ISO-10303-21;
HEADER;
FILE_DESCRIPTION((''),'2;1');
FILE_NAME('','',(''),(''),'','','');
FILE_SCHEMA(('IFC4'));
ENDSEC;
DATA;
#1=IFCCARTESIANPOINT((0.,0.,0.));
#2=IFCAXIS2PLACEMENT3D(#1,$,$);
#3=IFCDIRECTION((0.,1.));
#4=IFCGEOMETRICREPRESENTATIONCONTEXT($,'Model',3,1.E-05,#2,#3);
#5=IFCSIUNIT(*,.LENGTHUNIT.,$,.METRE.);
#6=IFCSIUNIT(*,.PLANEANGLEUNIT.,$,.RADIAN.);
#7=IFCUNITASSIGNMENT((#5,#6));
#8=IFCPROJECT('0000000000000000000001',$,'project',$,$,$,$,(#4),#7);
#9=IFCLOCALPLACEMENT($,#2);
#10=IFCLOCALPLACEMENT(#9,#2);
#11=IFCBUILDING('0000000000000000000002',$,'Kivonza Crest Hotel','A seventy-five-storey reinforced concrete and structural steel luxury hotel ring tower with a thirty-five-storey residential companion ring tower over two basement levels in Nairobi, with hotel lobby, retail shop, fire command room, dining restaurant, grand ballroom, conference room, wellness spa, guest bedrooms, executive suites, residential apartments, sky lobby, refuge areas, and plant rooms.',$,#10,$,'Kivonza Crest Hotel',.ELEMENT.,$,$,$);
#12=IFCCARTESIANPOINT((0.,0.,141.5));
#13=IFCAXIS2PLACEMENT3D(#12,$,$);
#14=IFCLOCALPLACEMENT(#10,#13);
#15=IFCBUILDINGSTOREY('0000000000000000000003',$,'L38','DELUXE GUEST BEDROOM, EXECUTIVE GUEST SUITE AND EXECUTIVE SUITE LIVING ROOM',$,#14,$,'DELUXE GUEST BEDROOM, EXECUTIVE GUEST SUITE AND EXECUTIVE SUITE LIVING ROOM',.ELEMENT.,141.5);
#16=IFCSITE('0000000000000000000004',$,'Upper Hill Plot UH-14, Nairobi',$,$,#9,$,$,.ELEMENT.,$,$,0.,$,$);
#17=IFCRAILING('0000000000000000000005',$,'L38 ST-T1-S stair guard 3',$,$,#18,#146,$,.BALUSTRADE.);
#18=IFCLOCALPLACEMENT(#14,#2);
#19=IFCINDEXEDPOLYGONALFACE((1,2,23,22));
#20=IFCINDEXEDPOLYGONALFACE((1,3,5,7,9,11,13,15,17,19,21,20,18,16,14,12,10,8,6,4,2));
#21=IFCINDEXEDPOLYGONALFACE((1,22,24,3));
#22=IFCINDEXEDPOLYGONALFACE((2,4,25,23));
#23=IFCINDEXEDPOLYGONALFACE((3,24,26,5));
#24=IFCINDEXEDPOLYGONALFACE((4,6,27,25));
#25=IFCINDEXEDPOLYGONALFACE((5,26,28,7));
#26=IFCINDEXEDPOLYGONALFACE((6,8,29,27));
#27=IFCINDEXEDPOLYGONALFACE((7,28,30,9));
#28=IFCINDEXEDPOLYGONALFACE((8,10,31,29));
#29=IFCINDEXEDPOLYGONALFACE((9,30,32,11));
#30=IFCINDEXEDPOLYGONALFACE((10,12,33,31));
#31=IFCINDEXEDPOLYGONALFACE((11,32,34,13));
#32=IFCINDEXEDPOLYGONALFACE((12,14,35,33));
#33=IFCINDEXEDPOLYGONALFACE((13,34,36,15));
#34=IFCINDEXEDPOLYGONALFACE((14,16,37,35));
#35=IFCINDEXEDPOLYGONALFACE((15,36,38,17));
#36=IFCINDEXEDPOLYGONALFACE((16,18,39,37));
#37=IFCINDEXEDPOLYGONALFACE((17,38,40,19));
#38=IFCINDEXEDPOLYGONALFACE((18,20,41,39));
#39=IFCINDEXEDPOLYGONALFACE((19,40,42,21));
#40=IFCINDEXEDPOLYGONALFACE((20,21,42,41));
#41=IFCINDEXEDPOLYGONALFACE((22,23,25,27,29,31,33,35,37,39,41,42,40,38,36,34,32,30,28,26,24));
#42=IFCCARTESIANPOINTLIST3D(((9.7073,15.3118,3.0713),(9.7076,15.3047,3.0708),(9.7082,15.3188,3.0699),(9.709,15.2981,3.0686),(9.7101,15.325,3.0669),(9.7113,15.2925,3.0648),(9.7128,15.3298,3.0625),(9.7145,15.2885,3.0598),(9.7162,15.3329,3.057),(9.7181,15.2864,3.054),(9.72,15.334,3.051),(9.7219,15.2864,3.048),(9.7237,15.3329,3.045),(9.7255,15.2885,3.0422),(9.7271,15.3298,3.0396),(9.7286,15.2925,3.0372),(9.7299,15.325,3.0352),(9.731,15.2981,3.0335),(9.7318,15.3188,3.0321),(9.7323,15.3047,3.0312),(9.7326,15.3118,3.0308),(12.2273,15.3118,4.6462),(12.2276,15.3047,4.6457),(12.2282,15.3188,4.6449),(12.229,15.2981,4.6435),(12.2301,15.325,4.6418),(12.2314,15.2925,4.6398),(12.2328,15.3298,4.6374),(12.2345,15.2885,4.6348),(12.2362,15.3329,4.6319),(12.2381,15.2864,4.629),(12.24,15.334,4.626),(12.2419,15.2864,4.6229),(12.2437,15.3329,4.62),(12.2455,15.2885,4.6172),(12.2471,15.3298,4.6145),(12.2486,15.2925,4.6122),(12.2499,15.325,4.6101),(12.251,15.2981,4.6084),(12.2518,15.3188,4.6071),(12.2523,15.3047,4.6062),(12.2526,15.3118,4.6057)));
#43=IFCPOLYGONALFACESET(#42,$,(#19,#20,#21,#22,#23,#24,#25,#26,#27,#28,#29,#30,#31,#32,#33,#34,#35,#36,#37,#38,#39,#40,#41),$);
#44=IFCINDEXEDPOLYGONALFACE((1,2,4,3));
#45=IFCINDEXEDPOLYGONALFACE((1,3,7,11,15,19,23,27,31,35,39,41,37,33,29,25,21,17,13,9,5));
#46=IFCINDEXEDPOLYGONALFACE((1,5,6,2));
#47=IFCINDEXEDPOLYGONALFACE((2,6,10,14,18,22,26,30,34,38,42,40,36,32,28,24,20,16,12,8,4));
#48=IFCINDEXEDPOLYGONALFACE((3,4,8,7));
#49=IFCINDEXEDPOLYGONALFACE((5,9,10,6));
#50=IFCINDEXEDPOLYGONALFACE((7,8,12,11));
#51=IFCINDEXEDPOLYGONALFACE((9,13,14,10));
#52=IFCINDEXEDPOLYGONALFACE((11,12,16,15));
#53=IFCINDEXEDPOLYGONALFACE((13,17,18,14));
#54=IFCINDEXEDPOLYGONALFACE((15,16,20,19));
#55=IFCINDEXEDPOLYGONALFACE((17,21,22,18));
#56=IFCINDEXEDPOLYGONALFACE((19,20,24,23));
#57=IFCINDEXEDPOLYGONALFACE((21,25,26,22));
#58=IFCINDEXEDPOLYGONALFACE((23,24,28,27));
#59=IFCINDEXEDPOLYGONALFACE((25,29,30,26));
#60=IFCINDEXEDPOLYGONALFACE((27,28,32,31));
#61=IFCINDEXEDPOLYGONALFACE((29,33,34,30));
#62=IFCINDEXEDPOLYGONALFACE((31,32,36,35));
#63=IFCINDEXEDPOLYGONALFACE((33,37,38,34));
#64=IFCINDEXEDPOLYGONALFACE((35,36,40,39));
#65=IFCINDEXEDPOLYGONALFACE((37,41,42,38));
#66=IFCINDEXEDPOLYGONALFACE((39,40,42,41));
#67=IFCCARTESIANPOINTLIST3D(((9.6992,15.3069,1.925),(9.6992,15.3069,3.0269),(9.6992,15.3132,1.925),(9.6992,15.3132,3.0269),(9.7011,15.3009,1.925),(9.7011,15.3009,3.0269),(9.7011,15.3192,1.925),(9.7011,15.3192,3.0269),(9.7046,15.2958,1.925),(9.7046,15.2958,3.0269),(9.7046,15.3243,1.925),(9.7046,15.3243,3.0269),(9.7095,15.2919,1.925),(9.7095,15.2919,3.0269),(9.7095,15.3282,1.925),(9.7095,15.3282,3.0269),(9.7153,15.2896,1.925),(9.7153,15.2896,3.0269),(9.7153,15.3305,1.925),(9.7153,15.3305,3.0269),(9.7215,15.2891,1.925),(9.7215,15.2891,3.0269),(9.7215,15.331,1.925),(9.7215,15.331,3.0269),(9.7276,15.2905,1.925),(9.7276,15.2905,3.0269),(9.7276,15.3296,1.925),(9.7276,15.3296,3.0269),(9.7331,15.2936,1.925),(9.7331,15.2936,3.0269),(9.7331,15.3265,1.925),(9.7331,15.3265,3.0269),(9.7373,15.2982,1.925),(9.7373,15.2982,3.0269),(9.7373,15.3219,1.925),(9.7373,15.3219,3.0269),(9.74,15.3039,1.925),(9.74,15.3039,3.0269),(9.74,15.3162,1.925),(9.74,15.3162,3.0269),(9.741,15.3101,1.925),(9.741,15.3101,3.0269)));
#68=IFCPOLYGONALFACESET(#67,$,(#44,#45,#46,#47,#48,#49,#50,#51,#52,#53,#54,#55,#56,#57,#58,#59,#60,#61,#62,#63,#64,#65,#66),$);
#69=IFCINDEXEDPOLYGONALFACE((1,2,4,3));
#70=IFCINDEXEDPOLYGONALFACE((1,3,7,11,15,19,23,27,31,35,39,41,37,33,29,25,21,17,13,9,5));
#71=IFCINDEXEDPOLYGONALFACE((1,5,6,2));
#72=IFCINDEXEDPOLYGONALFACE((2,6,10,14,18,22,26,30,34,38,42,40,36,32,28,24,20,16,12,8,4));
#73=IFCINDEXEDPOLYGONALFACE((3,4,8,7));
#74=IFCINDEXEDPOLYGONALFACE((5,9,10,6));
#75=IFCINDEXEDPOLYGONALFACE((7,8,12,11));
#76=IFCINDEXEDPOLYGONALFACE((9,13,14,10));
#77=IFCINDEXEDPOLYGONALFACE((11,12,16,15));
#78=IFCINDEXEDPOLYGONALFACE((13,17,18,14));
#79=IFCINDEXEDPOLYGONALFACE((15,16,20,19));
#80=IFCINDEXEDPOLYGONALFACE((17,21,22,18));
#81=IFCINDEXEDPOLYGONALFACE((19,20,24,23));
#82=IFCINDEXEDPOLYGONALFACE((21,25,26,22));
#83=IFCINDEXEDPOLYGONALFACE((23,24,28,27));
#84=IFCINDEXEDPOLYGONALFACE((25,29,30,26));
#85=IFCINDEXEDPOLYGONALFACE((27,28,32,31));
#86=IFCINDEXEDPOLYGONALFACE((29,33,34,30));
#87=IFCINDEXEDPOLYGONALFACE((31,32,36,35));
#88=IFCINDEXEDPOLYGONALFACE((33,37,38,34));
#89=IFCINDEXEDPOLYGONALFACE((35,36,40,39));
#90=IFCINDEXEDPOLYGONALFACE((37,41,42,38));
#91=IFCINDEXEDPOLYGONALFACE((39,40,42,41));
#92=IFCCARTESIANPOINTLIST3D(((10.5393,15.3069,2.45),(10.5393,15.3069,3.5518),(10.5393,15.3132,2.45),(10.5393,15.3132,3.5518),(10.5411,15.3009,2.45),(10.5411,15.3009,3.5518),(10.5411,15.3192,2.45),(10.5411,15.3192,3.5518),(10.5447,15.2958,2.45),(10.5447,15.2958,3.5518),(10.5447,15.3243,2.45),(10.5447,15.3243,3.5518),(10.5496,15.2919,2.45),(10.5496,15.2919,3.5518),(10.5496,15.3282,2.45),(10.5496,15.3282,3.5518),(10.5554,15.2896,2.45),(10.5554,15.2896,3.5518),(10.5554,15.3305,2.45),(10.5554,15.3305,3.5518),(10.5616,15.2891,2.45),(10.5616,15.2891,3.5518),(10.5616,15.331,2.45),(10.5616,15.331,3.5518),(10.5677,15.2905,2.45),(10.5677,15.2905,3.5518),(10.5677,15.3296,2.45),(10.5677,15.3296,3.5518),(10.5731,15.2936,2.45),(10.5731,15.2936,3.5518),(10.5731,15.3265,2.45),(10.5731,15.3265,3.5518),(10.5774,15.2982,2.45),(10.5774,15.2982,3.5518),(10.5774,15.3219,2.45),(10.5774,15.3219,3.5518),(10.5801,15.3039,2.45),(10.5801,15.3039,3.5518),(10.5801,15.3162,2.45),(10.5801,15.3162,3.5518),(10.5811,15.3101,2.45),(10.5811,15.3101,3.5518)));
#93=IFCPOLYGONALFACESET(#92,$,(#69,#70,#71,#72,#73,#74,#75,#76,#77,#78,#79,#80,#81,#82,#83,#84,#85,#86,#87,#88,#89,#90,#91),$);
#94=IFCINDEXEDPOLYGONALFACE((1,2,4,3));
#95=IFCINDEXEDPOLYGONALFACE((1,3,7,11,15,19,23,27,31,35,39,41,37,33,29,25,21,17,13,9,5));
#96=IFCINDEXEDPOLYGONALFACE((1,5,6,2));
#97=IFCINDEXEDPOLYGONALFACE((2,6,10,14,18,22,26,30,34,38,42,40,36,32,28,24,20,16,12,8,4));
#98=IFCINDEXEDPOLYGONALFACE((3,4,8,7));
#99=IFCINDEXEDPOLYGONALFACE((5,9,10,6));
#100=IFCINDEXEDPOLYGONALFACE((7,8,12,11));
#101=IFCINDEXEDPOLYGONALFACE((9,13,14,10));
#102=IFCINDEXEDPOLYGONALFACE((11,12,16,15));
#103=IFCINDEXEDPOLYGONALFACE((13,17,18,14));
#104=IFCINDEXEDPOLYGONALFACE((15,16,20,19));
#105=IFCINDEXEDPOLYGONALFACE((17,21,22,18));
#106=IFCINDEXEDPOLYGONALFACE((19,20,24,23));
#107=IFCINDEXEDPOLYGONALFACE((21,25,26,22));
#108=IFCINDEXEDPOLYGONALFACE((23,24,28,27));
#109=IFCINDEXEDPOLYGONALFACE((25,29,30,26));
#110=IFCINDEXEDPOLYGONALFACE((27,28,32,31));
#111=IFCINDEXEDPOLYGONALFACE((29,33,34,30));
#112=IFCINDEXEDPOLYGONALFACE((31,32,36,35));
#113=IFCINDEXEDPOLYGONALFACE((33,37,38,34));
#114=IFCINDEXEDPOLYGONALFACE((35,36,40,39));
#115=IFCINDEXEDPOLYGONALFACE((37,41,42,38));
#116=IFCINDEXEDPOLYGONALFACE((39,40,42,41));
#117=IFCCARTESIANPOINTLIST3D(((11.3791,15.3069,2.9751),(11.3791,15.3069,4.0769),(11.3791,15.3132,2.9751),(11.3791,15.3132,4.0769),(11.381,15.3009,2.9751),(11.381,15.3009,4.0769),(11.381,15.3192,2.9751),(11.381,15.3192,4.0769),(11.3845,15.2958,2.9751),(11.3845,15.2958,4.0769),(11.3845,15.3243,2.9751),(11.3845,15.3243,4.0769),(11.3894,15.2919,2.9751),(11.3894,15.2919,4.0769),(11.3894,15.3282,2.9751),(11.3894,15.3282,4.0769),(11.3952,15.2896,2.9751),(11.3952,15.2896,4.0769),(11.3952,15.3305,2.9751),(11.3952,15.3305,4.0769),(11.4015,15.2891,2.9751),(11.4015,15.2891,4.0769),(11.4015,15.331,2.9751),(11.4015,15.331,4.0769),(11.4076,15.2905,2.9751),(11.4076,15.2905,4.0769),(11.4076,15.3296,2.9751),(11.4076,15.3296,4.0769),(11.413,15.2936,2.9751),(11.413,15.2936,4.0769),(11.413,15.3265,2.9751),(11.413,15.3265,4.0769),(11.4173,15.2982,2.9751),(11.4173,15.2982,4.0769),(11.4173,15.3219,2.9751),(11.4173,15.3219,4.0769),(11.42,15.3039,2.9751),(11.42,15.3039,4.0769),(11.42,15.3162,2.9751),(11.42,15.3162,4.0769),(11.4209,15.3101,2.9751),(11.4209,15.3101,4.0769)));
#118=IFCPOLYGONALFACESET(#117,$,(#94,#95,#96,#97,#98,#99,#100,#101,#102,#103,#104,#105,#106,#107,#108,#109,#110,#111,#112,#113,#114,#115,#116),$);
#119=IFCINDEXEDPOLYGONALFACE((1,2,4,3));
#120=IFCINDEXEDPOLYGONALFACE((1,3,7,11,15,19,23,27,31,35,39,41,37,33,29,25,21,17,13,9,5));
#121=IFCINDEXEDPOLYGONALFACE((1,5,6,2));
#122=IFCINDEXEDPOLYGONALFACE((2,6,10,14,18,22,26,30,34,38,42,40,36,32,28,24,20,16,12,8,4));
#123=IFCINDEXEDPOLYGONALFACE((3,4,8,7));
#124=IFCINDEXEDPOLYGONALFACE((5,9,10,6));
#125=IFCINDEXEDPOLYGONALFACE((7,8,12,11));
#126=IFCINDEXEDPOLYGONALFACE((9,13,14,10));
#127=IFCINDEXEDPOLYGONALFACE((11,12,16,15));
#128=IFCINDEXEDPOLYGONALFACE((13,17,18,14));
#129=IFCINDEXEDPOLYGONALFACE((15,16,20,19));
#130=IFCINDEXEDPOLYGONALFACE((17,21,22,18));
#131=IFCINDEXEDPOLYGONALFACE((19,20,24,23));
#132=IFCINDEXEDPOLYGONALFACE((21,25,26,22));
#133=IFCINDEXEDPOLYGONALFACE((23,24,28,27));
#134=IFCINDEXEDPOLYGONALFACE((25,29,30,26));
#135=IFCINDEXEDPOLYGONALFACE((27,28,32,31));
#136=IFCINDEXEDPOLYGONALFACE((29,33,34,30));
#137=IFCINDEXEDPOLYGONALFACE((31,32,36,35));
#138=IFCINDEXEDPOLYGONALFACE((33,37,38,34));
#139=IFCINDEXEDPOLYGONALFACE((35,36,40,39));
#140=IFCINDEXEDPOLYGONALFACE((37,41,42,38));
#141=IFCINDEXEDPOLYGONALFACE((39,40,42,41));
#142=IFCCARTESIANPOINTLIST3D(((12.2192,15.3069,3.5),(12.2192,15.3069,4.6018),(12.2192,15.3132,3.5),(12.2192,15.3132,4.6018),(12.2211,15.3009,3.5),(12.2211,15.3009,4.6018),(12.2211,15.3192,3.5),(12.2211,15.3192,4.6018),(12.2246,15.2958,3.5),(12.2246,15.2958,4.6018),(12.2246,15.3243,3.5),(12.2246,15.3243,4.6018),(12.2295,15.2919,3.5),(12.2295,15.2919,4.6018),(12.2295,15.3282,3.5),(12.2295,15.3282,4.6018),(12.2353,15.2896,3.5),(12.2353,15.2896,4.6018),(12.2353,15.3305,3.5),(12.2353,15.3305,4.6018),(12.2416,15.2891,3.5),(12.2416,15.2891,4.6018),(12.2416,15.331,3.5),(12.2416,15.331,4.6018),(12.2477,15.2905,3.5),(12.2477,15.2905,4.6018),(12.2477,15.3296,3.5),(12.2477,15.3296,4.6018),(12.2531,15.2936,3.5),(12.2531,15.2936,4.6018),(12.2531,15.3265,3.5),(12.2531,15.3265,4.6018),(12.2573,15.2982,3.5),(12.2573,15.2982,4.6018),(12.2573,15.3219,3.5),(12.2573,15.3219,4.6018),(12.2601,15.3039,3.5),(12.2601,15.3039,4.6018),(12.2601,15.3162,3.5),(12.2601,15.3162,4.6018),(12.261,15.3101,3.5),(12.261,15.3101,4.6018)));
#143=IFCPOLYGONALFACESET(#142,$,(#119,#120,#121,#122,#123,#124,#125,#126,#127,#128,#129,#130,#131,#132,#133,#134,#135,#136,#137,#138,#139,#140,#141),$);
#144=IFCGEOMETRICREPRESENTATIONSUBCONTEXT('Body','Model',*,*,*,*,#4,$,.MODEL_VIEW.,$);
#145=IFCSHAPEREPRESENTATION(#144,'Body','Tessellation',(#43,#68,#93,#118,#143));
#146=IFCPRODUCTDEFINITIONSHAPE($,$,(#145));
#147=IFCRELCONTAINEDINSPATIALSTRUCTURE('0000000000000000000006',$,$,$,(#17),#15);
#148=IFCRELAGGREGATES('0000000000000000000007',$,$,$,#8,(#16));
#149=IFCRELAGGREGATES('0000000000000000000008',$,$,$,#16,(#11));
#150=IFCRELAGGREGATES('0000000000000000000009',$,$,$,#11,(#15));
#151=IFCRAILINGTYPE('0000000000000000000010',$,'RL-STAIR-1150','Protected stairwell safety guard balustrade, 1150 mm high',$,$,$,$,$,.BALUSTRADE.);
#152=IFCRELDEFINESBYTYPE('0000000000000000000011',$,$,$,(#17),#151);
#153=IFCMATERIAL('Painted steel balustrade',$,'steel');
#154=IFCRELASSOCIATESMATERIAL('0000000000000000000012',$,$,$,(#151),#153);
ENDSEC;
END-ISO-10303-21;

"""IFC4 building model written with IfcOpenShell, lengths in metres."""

from ifc_helpers import new_model, si_unit, direction, frame, origin, origin_2d, place, context, subcontext, project, spatial, circle, extrude, material, type_object, element, save


model = new_model("IFC4")

# Units and contexts
model_context = context("Model", 3, precision=1e-05, world=origin(), true_north=direction((0.0, 1.0)))
body_context = subcontext(model_context, "Body", "Model", "MODEL_VIEW")
ifc_project = project(units=[si_unit("LENGTHUNIT", "METRE"), si_unit("PLANEANGLEUNIT", "RADIAN")], contexts=[model_context])

# Site, building, storey
site_placement = place(None, origin())
site = spatial("IfcSite", under=ifc_project, at=site_placement, Name="Upper Hill Plot UH-14, Nairobi", CompositionType="ELEMENT", RefElevation=0.0)
building_placement = place(site_placement, origin())
building = spatial("IfcBuilding", under=site, at=building_placement, Name="Kivonza Crest Hotel", Description="A seventy-five-storey reinforced concrete and structural steel luxury hotel ring tower with a thirty-five-storey residential companion ring tower over two basement levels in Nairobi, with hotel lobby, retail shop, fire command room, dining restaurant, grand ballroom, conference room, wellness spa, guest bedrooms, executive suites, residential apartments, sky lobby, refuge areas, and plant rooms.", LongName="Kivonza Crest Hotel", CompositionType="ELEMENT")
storey_placement = place(building_placement, frame((0.0, 0.0, 141.5)))
storey = spatial("IfcBuildingStorey", under=building, at=storey_placement, Name="L38", Description="DELUXE GUEST BEDROOM, EXECUTIVE GUEST SUITE AND EXECUTIVE SUITE LIVING ROOM", LongName="DELUXE GUEST BEDROOM, EXECUTIVE GUEST SUITE AND EXECUTIVE SUITE LIVING ROOM", CompositionType="ELEMENT", Elevation=141.5)

# Railing
ifc_material_1 = material(Name="Painted steel balustrade", Category="steel")
railing_type_1 = type_object("IfcRailingType", Name="RL-STAIR-1150", Description="Protected stairwell safety guard balustrade, 1150 mm high", PredefinedType="BALUSTRADE", material=ifc_material_1)
railing_1_placement = place(storey_placement, frame((9.72, 15.3101, 1.925)))
element("IfcRailing", 1, at=railing_1_placement, inside=storey, type_object=railing_type_1, Name="L38 ST-T1-S stair guard 3", PredefinedType="BALUSTRADE", context=body_context, shape_type="SweptSolid", body=[
    extrude(circle(Radius=0.0239, at=origin_2d()), frame((0.0, 0.0, 1.126), z_axis=(0.848008, 0.0, 0.529984), x_axis=(0.0, 1.0, 0.0)), (0.0, 0.0, 1.0), 2.9717),
    extrude(circle(Radius=0.021, at=origin_2d()), origin(), (0.0, 0.0, 1.0), 1.1018),
    extrude(circle(Radius=0.021, at=origin_2d()), frame((0.8401, 0.0, 0.5249)), (0.0, 0.0, 1.0), 1.1018),
    extrude(circle(Radius=0.021, at=origin_2d()), frame((1.6799, 0.0, 1.05)), (0.0, 0.0, 1.0), 1.1018),
    extrude(circle(Radius=0.021, at=origin_2d()), frame((2.52, 0.0, 1.575)), (0.0, 0.0, 1.0), 1.1018),
])

save(model, "model.ifc")
